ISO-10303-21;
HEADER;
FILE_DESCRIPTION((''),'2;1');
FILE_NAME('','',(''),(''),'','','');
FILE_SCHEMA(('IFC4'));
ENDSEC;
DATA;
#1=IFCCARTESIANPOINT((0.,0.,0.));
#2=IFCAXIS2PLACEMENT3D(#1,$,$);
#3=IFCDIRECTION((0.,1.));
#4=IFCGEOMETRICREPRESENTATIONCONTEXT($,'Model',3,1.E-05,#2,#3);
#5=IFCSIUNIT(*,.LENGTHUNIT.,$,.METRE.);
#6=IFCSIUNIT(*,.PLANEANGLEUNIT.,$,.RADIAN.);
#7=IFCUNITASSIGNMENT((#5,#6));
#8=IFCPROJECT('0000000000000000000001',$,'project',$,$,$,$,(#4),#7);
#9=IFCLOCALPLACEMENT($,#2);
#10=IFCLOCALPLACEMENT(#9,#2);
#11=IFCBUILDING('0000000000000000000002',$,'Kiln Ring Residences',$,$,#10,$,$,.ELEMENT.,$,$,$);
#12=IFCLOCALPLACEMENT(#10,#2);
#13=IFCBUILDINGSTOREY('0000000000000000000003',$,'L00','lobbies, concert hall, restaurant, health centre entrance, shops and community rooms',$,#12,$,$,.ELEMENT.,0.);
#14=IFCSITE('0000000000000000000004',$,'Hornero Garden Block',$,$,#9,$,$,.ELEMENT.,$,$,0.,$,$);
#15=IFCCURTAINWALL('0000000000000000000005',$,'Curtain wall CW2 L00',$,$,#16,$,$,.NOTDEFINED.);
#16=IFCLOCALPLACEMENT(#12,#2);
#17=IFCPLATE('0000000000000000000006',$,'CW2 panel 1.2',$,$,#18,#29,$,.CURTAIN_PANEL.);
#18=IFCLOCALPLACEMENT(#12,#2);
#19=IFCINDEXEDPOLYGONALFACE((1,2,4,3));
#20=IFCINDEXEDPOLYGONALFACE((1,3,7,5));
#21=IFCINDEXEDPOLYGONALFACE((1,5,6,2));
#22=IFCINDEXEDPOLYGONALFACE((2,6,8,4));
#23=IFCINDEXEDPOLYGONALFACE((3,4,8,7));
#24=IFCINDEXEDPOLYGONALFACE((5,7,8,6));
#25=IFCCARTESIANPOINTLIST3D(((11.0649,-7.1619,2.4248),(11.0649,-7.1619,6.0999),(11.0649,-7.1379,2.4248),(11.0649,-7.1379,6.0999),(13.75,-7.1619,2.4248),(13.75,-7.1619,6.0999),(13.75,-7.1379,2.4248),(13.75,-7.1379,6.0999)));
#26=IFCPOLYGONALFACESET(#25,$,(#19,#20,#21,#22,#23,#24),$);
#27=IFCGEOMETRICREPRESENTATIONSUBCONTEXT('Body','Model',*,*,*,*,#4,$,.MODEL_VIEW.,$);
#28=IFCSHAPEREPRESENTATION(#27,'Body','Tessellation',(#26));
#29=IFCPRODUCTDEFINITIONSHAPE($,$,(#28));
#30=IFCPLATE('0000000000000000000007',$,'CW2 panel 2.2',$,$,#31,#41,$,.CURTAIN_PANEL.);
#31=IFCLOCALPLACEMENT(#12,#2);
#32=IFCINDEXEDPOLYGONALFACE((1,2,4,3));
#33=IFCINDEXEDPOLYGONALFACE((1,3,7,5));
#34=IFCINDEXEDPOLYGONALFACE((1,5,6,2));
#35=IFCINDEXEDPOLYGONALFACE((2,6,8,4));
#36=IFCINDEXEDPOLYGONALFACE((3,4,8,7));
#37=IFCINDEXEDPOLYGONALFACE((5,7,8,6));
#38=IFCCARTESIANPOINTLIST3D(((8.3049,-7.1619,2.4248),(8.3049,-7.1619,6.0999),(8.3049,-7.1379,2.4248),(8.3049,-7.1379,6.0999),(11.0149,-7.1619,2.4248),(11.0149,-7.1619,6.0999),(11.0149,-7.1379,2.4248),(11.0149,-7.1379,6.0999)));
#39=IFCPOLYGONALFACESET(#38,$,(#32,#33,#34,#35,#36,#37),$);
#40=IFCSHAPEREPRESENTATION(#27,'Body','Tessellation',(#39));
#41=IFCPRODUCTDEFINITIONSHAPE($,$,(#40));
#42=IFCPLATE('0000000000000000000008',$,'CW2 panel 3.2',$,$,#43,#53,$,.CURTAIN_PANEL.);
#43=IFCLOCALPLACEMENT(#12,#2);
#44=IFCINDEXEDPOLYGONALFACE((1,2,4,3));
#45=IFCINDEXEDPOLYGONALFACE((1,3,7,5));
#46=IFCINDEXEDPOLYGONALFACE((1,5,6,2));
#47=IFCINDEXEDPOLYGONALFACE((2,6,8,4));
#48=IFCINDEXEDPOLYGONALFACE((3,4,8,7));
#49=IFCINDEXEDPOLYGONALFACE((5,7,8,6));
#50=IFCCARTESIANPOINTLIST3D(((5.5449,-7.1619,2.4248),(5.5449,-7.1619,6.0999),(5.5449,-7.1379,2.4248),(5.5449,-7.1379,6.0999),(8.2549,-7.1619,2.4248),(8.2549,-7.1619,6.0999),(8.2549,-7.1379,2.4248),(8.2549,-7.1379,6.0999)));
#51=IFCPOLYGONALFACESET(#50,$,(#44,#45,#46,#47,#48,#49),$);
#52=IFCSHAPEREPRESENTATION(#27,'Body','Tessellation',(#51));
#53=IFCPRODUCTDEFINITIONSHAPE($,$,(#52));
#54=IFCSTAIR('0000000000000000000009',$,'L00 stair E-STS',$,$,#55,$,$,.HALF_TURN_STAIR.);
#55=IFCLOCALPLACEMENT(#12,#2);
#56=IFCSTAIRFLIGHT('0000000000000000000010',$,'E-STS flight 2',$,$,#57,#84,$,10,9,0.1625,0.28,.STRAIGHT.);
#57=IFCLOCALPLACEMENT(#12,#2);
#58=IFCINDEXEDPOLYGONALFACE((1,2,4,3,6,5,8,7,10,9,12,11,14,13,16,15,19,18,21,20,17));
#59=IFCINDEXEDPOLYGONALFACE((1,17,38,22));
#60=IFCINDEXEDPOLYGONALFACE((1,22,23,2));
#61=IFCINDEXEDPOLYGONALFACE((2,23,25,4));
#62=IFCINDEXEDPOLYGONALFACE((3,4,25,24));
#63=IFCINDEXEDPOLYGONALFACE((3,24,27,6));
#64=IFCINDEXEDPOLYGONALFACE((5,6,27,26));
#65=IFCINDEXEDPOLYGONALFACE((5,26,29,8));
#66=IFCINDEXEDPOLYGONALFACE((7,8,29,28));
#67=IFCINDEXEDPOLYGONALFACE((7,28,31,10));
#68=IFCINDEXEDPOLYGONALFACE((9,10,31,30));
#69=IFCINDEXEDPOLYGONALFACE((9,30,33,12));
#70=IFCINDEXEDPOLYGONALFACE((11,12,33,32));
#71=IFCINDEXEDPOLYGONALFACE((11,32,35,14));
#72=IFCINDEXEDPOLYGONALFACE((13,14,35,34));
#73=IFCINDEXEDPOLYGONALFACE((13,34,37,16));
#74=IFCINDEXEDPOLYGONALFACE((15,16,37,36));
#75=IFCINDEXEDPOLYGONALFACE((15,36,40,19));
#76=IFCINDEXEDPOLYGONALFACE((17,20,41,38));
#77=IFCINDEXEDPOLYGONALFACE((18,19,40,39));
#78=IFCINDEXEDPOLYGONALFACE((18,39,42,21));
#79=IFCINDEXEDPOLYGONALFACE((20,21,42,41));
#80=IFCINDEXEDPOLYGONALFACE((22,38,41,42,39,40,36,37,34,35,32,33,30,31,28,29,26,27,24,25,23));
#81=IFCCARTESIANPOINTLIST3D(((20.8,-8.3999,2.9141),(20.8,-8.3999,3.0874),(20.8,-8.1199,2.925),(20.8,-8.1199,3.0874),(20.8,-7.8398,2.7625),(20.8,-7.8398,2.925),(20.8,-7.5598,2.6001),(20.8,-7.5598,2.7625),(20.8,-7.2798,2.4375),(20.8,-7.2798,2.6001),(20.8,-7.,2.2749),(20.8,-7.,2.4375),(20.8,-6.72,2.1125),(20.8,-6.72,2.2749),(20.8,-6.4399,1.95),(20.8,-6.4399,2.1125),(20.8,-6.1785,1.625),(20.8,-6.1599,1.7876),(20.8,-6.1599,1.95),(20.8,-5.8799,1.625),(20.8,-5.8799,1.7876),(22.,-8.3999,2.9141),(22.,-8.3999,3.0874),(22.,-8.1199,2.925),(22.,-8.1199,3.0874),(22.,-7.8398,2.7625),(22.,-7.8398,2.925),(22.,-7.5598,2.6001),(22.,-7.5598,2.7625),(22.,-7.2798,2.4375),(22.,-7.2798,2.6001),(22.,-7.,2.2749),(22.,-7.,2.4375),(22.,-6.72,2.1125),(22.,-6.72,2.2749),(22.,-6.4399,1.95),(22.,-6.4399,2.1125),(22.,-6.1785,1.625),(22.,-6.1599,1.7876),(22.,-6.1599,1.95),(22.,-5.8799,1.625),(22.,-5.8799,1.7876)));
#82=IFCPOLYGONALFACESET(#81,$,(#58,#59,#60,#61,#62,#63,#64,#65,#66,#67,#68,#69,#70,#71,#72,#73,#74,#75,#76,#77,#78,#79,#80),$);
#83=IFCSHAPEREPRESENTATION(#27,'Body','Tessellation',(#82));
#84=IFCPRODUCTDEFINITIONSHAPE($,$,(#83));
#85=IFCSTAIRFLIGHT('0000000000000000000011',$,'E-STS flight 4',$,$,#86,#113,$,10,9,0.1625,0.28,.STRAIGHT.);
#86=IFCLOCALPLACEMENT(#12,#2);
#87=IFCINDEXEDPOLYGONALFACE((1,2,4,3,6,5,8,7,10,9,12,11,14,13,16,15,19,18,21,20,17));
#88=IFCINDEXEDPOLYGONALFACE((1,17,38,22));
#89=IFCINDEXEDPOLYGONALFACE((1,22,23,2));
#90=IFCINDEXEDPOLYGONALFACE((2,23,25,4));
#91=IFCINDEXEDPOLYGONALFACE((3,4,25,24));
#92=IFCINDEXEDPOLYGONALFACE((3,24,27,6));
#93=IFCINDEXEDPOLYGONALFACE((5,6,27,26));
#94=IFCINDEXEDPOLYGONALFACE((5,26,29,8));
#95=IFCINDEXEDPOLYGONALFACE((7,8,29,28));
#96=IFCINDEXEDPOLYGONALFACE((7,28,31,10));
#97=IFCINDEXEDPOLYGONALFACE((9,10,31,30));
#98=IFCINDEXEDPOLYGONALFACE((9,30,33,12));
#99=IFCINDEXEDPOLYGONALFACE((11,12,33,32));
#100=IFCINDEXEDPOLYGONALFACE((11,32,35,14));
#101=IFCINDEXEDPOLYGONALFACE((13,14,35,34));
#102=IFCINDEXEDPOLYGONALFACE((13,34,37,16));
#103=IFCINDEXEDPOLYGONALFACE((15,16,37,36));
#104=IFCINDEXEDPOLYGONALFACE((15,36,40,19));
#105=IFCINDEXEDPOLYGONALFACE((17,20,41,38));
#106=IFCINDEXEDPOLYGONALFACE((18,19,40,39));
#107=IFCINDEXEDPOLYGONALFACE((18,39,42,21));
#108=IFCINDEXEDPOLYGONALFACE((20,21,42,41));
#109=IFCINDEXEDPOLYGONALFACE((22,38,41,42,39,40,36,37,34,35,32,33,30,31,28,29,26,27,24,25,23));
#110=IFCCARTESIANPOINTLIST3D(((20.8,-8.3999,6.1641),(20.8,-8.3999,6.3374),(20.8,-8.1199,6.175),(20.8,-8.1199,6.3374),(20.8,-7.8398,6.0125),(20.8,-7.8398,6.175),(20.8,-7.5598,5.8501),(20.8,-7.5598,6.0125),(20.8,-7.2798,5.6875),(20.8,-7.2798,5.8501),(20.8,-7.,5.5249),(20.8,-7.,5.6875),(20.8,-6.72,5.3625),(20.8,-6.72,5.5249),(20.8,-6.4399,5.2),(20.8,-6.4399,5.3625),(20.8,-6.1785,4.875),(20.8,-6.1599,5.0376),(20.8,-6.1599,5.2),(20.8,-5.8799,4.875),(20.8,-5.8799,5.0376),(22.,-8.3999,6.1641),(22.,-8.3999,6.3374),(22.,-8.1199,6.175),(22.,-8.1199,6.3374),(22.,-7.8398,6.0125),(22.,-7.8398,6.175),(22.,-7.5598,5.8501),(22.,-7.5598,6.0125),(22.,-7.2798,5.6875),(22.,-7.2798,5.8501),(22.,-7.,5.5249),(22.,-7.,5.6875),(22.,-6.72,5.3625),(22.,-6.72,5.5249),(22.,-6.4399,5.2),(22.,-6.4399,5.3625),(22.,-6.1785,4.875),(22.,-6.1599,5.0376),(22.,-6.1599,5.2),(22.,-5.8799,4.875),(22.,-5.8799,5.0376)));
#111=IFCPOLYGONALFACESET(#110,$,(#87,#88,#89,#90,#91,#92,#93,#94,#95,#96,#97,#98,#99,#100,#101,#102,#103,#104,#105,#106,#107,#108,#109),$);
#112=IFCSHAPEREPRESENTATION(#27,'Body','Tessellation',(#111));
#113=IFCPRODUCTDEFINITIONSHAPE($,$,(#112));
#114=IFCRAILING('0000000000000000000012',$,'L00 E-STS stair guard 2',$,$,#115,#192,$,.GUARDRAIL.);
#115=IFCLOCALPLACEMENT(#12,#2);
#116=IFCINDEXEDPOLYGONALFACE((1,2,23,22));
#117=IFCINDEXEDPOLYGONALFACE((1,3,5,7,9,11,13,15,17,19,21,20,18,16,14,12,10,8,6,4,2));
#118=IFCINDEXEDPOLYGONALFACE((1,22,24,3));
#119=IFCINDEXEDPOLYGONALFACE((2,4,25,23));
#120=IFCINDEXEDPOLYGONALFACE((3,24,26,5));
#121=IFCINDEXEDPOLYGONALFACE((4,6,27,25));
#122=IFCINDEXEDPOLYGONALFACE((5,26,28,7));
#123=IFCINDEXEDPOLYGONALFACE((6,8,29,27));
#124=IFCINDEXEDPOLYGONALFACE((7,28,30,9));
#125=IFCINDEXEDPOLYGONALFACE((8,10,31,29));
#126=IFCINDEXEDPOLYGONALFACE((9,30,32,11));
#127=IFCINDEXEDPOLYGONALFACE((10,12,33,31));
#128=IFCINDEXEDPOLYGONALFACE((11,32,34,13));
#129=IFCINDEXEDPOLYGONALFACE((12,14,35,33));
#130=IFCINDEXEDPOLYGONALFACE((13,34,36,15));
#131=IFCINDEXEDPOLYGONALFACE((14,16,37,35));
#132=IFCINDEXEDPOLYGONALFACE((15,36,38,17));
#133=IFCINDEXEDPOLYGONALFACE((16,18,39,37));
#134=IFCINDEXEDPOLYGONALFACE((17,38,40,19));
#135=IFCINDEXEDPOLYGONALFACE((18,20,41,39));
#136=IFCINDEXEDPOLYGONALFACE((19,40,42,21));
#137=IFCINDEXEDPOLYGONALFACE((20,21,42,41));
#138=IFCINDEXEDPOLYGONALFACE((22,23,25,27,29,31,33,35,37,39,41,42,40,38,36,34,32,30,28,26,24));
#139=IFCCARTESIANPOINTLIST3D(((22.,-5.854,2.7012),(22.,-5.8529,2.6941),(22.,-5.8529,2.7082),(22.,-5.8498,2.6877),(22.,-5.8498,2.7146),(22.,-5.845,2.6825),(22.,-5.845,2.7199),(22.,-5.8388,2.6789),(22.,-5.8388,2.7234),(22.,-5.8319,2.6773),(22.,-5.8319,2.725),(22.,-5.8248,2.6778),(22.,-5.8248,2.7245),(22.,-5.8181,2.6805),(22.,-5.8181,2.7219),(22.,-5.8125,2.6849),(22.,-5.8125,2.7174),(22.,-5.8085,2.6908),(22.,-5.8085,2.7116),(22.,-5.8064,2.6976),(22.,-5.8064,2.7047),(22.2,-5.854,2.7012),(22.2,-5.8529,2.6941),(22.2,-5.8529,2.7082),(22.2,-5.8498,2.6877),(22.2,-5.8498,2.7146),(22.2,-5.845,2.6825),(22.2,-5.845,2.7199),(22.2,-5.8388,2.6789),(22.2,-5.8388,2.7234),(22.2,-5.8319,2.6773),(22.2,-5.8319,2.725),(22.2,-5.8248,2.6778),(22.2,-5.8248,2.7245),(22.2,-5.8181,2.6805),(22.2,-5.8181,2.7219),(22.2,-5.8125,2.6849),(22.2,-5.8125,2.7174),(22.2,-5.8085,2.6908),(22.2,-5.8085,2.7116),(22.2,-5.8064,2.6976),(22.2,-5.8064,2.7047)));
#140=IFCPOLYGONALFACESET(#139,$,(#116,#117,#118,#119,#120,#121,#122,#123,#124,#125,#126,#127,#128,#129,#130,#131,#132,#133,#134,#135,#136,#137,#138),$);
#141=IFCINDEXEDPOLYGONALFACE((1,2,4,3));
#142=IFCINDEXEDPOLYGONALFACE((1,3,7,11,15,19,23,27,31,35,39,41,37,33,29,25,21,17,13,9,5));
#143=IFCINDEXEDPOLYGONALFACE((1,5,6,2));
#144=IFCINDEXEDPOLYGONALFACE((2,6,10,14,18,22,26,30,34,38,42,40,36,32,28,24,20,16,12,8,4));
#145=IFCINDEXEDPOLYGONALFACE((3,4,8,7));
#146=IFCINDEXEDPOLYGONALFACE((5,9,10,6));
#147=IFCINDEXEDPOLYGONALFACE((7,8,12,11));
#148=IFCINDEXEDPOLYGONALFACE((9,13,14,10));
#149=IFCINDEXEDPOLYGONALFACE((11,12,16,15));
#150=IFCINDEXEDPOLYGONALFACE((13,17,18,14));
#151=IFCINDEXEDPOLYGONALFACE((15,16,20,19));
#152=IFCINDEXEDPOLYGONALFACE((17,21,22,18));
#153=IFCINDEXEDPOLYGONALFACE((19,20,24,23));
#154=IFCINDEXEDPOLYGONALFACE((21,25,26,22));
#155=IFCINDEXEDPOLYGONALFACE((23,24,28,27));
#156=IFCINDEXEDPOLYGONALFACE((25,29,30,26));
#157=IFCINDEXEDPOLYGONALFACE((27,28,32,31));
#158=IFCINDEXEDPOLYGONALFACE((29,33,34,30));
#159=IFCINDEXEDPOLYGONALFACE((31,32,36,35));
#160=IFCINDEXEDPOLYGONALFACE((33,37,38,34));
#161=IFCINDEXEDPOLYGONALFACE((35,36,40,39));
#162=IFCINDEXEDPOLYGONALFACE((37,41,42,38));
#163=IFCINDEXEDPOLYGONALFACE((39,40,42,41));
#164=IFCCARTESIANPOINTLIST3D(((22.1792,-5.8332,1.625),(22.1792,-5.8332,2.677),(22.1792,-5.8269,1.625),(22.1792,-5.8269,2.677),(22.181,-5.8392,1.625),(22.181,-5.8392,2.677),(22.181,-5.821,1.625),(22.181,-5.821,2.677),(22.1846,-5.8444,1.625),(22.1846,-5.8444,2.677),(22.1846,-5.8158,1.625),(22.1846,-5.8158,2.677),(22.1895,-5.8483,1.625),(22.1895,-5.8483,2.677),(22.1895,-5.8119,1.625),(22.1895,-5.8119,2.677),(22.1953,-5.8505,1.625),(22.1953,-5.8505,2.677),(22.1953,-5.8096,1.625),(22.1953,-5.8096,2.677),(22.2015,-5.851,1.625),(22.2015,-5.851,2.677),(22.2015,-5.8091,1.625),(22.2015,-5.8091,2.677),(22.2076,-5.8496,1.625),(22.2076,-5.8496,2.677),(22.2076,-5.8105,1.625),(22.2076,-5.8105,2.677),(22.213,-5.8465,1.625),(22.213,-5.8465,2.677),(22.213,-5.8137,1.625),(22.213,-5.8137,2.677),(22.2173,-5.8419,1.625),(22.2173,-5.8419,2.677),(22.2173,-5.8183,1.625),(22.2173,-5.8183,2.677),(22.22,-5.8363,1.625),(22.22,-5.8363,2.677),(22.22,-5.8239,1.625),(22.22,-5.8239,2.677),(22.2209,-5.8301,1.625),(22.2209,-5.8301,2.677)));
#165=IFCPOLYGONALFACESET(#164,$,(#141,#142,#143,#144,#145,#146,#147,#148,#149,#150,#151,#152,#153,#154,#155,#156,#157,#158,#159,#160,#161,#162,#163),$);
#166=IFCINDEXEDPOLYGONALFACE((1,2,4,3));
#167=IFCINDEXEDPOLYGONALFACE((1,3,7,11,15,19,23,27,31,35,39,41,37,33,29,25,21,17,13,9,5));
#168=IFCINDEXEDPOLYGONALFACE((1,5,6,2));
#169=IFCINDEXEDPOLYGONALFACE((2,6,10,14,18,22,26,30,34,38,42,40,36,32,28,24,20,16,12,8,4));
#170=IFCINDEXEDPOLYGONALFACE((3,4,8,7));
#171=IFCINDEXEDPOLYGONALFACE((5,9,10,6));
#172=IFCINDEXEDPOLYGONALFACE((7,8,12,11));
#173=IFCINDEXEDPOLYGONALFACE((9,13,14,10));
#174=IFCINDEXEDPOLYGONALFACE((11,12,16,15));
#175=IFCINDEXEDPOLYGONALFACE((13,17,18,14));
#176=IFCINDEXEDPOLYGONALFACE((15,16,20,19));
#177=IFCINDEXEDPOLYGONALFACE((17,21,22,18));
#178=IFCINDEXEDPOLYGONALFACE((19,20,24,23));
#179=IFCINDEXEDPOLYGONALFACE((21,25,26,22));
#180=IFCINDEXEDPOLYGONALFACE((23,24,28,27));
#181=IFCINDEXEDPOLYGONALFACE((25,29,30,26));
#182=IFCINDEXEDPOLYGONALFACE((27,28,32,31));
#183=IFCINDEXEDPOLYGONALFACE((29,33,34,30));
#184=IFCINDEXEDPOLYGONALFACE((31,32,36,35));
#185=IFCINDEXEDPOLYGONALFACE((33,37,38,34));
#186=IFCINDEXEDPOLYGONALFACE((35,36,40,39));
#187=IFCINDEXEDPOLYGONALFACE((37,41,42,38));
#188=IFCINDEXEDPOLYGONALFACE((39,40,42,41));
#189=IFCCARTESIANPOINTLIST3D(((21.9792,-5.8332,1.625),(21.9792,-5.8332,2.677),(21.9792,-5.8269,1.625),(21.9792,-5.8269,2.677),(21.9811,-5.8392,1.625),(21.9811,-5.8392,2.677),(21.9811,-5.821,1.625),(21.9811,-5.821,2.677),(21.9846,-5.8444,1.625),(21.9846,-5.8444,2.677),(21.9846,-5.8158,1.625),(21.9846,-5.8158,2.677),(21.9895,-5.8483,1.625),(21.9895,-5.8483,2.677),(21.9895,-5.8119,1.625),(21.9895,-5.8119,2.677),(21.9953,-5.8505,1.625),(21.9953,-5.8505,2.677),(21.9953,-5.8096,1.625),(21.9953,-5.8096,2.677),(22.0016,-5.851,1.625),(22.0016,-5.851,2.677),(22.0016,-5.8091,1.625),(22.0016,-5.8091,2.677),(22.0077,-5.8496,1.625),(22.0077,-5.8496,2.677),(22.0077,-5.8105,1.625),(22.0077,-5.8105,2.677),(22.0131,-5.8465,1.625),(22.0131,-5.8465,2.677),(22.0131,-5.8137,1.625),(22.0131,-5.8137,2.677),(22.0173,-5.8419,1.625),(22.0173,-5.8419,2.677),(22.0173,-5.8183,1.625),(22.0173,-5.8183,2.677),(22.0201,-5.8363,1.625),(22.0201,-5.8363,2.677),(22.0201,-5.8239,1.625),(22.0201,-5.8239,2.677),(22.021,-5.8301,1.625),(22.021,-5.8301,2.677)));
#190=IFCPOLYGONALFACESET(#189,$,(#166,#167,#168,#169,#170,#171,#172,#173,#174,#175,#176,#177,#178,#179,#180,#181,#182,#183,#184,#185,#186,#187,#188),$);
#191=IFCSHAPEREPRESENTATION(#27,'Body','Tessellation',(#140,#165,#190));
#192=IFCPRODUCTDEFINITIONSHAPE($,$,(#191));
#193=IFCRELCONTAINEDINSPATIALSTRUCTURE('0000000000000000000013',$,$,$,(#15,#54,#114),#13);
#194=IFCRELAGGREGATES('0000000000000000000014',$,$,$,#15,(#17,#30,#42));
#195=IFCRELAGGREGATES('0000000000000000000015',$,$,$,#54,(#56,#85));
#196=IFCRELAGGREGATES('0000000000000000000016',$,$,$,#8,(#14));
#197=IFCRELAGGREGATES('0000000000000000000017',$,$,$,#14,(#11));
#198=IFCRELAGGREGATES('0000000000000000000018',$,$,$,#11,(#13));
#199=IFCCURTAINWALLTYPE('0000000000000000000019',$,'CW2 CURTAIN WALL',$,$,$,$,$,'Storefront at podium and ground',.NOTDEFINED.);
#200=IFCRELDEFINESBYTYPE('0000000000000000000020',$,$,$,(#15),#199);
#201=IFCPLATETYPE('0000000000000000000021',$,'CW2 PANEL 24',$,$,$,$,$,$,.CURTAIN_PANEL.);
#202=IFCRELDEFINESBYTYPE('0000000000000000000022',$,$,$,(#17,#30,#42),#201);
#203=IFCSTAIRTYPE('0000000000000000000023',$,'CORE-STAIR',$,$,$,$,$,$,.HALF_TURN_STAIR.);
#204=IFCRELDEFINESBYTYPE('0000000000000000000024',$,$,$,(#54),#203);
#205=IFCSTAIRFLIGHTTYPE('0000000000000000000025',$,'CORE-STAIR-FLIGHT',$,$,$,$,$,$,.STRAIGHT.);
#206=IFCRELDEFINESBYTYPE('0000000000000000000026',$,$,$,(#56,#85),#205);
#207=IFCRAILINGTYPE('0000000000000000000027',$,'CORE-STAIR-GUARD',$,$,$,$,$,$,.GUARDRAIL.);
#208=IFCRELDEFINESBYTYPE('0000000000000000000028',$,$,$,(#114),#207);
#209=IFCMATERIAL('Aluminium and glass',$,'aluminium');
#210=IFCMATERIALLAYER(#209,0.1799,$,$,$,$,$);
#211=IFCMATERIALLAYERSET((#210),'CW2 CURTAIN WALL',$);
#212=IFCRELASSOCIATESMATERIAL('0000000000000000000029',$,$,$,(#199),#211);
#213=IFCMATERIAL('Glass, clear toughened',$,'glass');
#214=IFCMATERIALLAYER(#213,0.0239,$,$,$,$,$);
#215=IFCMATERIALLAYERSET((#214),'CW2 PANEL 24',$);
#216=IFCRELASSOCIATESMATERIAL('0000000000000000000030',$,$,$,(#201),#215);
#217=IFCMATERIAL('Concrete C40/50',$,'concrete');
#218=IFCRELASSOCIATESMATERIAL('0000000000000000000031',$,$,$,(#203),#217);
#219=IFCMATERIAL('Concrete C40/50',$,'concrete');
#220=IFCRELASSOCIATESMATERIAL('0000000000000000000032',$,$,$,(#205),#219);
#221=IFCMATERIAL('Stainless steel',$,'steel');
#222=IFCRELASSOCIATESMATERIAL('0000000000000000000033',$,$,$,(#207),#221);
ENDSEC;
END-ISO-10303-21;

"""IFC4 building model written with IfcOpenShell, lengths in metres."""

from ifc_helpers import new_model, si_unit, direction, frame, origin, origin_2d, place, context, subcontext, project, spatial, polyline, rectangle, circle, outline, extrude, material, layer, layer_set, type_object, element, aggregate, save


model = new_model("IFC4")

# Units and contexts
model_context = context("Model", 3, precision=1e-05, world=origin(), true_north=direction((0.0, 1.0)))
body_context = subcontext(model_context, "Body", "Model", "MODEL_VIEW")
ifc_project = project(units=[si_unit("LENGTHUNIT", "METRE"), si_unit("PLANEANGLEUNIT", "RADIAN")], contexts=[model_context])

# Site, building, storey
site_placement = place(None, origin())
site = spatial("IfcSite", under=ifc_project, at=site_placement, Name="Hornero Garden Block", CompositionType="ELEMENT", RefElevation=0.0)
building_placement = place(site_placement, origin())
building = spatial("IfcBuilding", under=site, at=building_placement, Name="Kiln Ring Residences", CompositionType="ELEMENT")
storey_placement = place(building_placement, origin())
storey = spatial("IfcBuildingStorey", under=building, at=storey_placement, Name="L00", Description="lobbies, concert hall, restaurant, health centre entrance, shops and community rooms", CompositionType="ELEMENT", Elevation=0.0)

# Curtain wall
ifc_material_1 = material(Name="Aluminium and glass", Category="aluminium")
ifc_layer_1 = layer(ifc_material_1, 0.1799)
ifc_layer_set_1 = layer_set([ifc_layer_1], Name="CW2 CURTAIN WALL")
curtain_wall_type = type_object("IfcCurtainWallType", Name="CW2 CURTAIN WALL", ElementType="Storefront at podium and ground", PredefinedType="NOTDEFINED", material=ifc_layer_set_1)
placement = place(storey_placement, origin())
curtain_wall_1 = element("IfcCurtainWall", 1, at=placement, inside=storey, type_object=curtain_wall_type, Name="Curtain wall CW2 L00", PredefinedType="NOTDEFINED")

# Plates
ifc_material_2 = material(Name="Glass, clear toughened", Category="glass")
ifc_layer_2 = layer(ifc_material_2, 0.0239)
ifc_layer_set_2 = layer_set([ifc_layer_2], Name="CW2 PANEL 24")
plate_type = type_object("IfcPlateType", Name="CW2 PANEL 24", PredefinedType="CURTAIN_PANEL", material=ifc_layer_set_2)
plate_1_placement = place(storey_placement, frame((12.4075, -7.1499, 2.4248), z_axis=(0.0, 0.0, 1.0), x_axis=(-1.0, 0.0, 0.0)))
plate_1 = element("IfcPlate", 2, at=plate_1_placement, type_object=plate_type, Name="CW2 panel 1.2", PredefinedType="CURTAIN_PANEL", context=body_context, shape_type="SweptSolid", body=[
    extrude(rectangle(XDim=2.6851, YDim=0.0239, at=origin_2d()), origin(), (0.0, 0.0, 1.0), 3.675),
])
plate_2_placement = place(storey_placement, frame((9.6599, -7.1499, 2.4248), z_axis=(0.0, 0.0, 1.0), x_axis=(-1.0, 0.0, 0.0)))
plate_2 = element("IfcPlate", 3, at=plate_2_placement, type_object=plate_type, Name="CW2 panel 2.2", PredefinedType="CURTAIN_PANEL", context=body_context, shape_type="SweptSolid", body=[
    extrude(rectangle(XDim=2.71, YDim=0.0239, at=origin_2d()), origin(), (0.0, 0.0, 1.0), 3.675),
])
plate_3_placement = place(storey_placement, frame((6.8999, -7.1499, 2.4248), z_axis=(0.0, 0.0, 1.0), x_axis=(-1.0, 0.0, 0.0)))
plate_3 = element("IfcPlate", 4, at=plate_3_placement, type_object=plate_type, Name="CW2 panel 3.2", PredefinedType="CURTAIN_PANEL", context=body_context, shape_type="SweptSolid", body=[
    extrude(rectangle(XDim=2.71, YDim=0.0239, at=origin_2d()), origin(), (0.0, 0.0, 1.0), 3.675),
])
aggregate(curtain_wall_1, [plate_1, plate_2, plate_3])

# Stair, stair flights
ifc_material_3 = material(Name="Concrete C40/50", Category="concrete")
stair_type = type_object("IfcStairType", Name="CORE-STAIR", PredefinedType="HALF_TURN_STAIR", material=ifc_material_3)
stair = element("IfcStair", 5, at=placement, inside=storey, type_object=stair_type, Name="L00 stair E-STS", PredefinedType="HALF_TURN_STAIR")
ifc_material_4 = material(Name="Concrete C40/50", Category="concrete")
stair_flight_type = type_object("IfcStairFlightType", Name="CORE-STAIR-FLIGHT", PredefinedType="STRAIGHT", material=ifc_material_4)
stair_flight_1_placement = place(storey_placement, frame((21.3999, -5.8799, 1.625), z_axis=(0.0, 0.0, 1.0), x_axis=(0.0, -1.0, 0.0)))
stair_flight_1 = element("IfcStairFlight", 6, at=stair_flight_1_placement, type_object=stair_flight_type, Name="E-STS flight 2", NumberOfRisers=10, NumberOfTreads=9, PredefinedType="STRAIGHT", RiserHeight=0.1625, TreadLength=0.28, context=body_context, shape_type="SweptSolid", body=[
    extrude(outline(polyline([(0.0, 0.0), (0.0, 0.1626), (0.28, 0.1626), (0.28, 0.325), (0.5601, 0.325), (0.5601, 0.4875), (0.8401, 0.4875), (0.8401, 0.6499), (1.1201, 0.6499), (1.1201, 0.8125), (1.3999, 0.8125), (1.3999, 0.9751), (1.6799, 0.9751), (1.6799, 1.1375), (1.96, 1.1375), (1.96, 1.3), (2.24, 1.3), (2.24, 1.4624), (2.52, 1.4624), (2.52, 1.625), (2.52, 1.2891), (0.2986, 0.0), (0.0, 0.0)])), frame((0.0, 0.6001, 0.0), z_axis=(0.0, -1.0, 0.0), x_axis=(1.0, 0.0, 0.0)), (0.0, 0.0, 1.0), 1.2),
])
stair_flight_2_placement = place(storey_placement, frame((21.3999, -5.8799, 4.875), z_axis=(0.0, 0.0, 1.0), x_axis=(0.0, -1.0, 0.0)))
stair_flight_2 = element("IfcStairFlight", 7, at=stair_flight_2_placement, type_object=stair_flight_type, Name="E-STS flight 4", NumberOfRisers=10, NumberOfTreads=9, PredefinedType="STRAIGHT", RiserHeight=0.1625, TreadLength=0.28, context=body_context, shape_type="SweptSolid", body=[
    extrude(outline(polyline([(0.0, 0.0), (0.0, 0.1626), (0.28, 0.1626), (0.28, 0.325), (0.5601, 0.325), (0.5601, 0.4875), (0.8401, 0.4875), (0.8401, 0.6499), (1.1201, 0.6499), (1.1201, 0.8125), (1.3999, 0.8125), (1.3999, 0.9751), (1.6799, 0.9751), (1.6799, 1.1375), (1.96, 1.1375), (1.96, 1.3), (2.24, 1.3), (2.24, 1.4624), (2.52, 1.4624), (2.52, 1.625), (2.52, 1.2891), (0.2986, 0.0), (0.0, 0.0)])), frame((0.0, 0.6001, 0.0), z_axis=(0.0, -1.0, 0.0), x_axis=(1.0, 0.0, 0.0)), (0.0, 0.0, 1.0), 1.2),
])
aggregate(stair, [stair_flight_1, stair_flight_2])

# Railing
ifc_material_5 = material(Name="Stainless steel", Category="steel")
railing_type_1 = type_object("IfcRailingType", Name="CORE-STAIR-GUARD", PredefinedType="GUARDRAIL", material=ifc_material_5)
railing_1_placement = place(storey_placement, frame((22.2, -5.8301, 1.625)))
element("IfcRailing", 8, at=railing_1_placement, inside=storey, type_object=railing_type_1, Name="L00 E-STS stair guard 2", PredefinedType="GUARDRAIL", context=body_context, shape_type="SweptSolid", body=[
    extrude(circle(Radius=0.0239, at=origin_2d()), frame((0.0, 0.0, 1.0762), z_axis=(-1.0, 0.0, 0.0), x_axis=(0.0, -1.0, 0.0)), (0.0, 0.0, 1.0), 0.2),
    extrude(circle(Radius=0.021, at=origin_2d()), origin(), (0.0, 0.0, 1.0), 1.052),
    extrude(circle(Radius=0.021, at=origin_2d()), frame((-0.2, 0.0, 0.0)), (0.0, 0.0, 1.0), 1.052),
])

save(model, "model.ifc")
